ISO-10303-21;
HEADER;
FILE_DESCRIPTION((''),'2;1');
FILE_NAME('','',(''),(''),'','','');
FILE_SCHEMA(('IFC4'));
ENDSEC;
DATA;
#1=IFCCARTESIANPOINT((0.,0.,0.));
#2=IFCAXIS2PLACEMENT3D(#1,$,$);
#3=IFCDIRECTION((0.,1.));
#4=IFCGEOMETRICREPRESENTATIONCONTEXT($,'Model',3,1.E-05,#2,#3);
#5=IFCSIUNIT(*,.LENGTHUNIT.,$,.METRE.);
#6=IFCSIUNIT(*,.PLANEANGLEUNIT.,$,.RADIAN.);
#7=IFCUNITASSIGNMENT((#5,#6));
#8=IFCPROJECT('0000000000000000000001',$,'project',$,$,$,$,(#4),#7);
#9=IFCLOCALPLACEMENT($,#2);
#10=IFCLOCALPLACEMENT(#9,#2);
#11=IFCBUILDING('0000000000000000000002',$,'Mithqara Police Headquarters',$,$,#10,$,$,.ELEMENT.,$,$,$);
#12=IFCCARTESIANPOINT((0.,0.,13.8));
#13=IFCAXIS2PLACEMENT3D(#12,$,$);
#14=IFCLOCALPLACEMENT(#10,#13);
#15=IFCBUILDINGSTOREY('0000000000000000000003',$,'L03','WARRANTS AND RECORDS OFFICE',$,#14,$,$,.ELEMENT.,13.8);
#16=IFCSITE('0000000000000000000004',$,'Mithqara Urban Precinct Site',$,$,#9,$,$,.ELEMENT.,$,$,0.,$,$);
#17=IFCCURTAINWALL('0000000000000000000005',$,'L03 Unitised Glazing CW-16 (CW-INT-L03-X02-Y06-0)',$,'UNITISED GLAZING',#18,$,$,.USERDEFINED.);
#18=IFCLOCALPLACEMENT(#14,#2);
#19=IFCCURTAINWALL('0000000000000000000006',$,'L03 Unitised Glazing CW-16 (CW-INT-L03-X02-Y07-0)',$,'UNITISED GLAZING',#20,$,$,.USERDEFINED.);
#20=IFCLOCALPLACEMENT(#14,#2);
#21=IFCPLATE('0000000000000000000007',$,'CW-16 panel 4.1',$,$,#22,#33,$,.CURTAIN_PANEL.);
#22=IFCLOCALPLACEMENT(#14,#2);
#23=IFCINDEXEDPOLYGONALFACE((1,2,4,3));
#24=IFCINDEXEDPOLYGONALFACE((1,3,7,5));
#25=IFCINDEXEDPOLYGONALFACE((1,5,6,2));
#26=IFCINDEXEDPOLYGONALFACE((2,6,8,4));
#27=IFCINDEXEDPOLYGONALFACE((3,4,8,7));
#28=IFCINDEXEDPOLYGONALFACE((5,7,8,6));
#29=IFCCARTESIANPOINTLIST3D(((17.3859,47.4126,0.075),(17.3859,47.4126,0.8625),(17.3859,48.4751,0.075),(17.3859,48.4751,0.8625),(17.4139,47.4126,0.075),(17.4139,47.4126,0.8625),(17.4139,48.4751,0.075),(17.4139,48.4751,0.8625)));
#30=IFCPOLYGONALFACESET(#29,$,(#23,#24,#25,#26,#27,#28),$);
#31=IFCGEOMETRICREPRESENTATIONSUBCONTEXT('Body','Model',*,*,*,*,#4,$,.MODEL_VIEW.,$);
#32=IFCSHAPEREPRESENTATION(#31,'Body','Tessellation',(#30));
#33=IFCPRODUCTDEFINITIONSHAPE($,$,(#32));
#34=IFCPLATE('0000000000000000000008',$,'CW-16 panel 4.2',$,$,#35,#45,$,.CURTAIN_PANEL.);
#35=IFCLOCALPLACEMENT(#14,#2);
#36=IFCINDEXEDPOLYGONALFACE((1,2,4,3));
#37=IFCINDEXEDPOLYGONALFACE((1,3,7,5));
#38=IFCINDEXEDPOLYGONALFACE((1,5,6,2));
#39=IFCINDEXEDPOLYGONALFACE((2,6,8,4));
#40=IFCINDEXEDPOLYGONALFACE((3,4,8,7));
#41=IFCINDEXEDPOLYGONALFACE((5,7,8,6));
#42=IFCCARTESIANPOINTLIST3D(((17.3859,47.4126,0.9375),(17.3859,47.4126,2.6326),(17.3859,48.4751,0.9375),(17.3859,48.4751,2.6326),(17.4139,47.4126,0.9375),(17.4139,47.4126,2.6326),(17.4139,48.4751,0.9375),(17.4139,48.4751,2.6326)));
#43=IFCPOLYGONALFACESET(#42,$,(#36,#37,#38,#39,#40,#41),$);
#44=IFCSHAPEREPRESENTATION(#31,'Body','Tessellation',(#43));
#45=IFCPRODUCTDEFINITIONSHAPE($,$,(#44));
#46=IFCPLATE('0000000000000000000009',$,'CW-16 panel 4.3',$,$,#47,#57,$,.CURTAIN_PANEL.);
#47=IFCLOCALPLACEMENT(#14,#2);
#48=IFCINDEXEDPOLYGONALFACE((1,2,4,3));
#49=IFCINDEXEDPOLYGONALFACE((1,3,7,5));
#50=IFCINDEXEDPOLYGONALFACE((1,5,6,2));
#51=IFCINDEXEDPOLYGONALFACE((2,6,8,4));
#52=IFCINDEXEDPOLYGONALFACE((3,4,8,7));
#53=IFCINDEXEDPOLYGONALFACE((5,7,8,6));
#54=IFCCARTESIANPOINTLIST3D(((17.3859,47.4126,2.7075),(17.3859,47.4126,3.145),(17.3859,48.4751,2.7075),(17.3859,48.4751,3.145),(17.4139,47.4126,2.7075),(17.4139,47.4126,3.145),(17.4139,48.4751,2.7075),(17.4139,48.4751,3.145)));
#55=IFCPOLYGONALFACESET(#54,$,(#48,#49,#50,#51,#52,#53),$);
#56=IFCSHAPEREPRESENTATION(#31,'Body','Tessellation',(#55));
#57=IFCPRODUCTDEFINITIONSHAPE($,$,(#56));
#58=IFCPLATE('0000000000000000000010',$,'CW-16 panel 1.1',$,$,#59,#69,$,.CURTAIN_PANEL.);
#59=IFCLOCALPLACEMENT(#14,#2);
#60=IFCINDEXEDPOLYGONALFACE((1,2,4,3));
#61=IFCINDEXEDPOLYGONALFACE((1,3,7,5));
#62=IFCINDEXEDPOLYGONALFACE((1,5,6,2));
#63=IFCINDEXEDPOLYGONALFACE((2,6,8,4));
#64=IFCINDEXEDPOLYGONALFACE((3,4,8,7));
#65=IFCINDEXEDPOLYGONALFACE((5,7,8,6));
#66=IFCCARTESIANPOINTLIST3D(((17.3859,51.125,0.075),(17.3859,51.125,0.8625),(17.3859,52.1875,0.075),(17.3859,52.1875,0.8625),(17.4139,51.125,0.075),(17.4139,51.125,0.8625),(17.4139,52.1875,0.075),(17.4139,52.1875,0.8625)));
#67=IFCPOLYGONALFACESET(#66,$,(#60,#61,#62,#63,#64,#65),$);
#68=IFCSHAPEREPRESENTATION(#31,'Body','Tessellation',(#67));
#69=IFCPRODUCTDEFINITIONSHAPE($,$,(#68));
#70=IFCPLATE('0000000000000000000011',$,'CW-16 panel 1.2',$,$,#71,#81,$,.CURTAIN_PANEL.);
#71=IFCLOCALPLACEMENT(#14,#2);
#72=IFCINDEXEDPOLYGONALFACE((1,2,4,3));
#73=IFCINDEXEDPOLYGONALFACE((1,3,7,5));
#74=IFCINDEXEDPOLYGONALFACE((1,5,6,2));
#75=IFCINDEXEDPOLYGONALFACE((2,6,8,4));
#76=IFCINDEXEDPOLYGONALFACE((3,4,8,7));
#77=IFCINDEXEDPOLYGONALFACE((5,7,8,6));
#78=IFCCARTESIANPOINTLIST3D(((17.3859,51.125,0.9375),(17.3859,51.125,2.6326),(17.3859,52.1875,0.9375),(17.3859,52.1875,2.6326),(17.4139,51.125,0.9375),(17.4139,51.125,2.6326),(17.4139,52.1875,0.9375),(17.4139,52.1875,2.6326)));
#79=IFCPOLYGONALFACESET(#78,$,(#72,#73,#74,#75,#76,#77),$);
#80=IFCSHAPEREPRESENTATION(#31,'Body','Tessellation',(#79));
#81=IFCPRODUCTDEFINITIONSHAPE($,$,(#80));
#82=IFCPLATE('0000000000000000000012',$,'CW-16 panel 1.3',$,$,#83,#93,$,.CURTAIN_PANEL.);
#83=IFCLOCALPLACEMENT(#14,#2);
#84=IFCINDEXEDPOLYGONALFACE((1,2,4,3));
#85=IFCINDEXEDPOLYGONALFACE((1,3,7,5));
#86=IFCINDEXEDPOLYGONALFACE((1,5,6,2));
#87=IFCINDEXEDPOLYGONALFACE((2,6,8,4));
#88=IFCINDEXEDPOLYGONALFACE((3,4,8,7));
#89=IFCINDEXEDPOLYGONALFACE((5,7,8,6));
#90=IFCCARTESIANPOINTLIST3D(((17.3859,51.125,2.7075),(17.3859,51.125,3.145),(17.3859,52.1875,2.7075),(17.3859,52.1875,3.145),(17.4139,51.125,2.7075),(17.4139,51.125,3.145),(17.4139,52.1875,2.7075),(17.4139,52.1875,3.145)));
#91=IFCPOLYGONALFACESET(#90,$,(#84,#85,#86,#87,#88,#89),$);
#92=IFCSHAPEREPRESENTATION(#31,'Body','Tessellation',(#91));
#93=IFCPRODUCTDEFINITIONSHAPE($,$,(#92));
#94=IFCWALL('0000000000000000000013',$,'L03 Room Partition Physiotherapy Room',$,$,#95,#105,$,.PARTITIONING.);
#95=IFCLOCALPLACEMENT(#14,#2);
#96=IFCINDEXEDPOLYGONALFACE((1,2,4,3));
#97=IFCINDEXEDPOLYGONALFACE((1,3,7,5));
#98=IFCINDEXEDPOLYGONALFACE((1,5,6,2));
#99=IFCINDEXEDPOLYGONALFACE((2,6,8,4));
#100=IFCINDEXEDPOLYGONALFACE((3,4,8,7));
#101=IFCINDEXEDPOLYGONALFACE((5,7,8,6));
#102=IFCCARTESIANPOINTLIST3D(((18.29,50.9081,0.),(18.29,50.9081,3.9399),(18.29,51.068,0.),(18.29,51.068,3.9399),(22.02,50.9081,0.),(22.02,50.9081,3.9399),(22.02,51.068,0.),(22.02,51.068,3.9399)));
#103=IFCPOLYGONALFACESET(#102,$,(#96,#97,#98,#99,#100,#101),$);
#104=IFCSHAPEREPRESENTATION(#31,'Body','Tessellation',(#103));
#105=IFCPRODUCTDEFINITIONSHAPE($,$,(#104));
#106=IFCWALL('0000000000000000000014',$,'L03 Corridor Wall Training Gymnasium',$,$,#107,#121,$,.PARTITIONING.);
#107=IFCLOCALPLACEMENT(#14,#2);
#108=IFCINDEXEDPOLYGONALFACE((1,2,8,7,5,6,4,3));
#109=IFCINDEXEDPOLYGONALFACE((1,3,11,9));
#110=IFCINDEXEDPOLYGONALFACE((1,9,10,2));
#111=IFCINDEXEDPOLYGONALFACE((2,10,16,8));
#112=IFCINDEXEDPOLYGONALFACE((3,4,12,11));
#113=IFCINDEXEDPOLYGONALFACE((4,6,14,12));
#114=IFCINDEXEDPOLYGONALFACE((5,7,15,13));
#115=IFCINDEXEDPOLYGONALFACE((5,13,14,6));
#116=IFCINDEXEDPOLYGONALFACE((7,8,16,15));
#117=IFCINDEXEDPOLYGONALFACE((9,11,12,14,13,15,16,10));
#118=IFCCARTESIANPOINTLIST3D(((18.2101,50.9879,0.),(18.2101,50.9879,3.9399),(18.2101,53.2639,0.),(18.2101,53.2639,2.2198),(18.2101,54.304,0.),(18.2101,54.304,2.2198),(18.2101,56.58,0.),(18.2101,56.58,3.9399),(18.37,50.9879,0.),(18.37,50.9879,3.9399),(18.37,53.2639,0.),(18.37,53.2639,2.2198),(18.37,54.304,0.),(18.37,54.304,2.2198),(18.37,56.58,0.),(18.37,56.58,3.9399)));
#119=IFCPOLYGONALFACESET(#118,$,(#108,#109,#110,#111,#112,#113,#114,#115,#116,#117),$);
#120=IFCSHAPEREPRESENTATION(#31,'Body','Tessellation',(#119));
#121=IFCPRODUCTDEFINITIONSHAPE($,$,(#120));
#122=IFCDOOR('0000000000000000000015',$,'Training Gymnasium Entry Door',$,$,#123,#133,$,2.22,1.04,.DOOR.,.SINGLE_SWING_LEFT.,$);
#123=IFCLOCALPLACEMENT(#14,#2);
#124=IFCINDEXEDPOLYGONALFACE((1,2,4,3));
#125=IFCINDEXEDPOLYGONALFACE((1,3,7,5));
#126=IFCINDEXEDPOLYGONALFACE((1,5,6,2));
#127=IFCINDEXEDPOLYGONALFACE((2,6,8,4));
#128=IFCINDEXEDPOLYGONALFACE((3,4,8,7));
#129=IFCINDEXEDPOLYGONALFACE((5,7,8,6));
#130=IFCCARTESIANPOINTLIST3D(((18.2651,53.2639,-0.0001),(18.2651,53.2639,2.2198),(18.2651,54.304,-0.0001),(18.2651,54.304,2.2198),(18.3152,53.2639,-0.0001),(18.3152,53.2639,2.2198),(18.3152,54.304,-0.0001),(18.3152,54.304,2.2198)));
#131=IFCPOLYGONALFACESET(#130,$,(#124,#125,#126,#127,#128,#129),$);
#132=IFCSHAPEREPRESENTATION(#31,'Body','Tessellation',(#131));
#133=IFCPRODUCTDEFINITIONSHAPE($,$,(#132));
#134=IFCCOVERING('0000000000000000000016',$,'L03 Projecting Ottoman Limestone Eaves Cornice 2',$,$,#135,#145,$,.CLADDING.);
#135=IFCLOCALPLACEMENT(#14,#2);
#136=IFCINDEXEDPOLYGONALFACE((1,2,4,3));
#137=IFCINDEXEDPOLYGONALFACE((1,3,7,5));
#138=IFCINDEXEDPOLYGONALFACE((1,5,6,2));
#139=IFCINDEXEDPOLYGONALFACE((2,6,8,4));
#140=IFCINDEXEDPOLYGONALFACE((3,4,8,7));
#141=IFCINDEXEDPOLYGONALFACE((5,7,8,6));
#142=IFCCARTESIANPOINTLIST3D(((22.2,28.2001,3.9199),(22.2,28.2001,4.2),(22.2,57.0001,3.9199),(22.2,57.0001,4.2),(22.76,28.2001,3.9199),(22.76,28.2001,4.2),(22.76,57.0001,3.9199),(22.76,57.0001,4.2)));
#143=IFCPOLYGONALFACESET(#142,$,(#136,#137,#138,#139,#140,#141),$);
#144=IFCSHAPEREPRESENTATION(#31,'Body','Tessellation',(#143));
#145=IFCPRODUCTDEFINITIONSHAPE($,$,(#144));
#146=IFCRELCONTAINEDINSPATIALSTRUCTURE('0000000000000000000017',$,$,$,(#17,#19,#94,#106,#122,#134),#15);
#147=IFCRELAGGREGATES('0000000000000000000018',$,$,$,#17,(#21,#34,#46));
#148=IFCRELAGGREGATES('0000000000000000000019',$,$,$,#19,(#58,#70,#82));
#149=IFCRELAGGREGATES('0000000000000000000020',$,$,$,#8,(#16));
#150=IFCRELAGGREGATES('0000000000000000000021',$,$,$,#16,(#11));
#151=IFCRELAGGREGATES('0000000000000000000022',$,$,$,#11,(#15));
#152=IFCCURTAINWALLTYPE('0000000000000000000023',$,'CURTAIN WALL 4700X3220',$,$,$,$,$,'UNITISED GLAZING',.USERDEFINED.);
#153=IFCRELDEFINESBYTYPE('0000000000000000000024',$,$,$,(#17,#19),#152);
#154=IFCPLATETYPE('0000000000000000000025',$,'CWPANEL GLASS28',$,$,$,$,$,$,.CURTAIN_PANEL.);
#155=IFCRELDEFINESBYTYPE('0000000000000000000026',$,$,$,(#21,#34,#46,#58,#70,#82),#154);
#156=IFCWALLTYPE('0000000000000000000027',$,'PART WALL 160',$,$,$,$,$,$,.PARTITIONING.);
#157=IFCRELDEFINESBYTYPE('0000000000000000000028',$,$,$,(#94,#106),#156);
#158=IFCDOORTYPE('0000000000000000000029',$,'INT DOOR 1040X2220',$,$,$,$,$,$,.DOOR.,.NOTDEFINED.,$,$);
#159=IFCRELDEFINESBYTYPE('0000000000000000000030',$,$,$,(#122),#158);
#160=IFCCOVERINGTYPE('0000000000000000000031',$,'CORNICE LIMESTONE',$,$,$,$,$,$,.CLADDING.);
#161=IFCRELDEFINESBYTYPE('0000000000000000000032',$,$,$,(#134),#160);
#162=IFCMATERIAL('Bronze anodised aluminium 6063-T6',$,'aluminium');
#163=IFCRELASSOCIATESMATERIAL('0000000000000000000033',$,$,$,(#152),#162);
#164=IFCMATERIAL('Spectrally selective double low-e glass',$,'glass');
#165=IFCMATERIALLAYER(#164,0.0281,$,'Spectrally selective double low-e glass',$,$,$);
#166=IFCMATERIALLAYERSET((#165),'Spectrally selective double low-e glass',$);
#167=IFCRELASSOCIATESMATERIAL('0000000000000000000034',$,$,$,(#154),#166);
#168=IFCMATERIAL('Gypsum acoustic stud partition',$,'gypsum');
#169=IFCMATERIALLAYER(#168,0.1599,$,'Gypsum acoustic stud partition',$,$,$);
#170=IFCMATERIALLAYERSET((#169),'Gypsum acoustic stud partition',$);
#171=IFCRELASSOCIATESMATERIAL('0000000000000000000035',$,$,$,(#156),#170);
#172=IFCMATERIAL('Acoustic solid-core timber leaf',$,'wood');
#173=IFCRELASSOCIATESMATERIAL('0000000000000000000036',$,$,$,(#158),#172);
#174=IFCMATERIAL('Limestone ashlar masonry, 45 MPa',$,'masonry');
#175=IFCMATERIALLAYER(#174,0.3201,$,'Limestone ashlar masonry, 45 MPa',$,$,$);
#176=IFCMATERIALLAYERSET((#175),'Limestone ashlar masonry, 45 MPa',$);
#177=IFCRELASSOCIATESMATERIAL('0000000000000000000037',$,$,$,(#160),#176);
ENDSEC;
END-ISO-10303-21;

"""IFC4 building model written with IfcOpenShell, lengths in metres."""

from ifc_helpers import new_model, si_unit, direction, frame, frame_2d, origin, origin_2d, place, context, subcontext, project, spatial, rectangle, extrude, material, layer, layer_set, type_object, element, fill, aggregate, save


model = new_model("IFC4")

# Units and contexts
model_context = context("Model", 3, precision=1e-05, world=origin(), true_north=direction((0.0, 1.0)))
body_context = subcontext(model_context, "Body", "Model", "MODEL_VIEW")
ifc_project = project(units=[si_unit("LENGTHUNIT", "METRE"), si_unit("PLANEANGLEUNIT", "RADIAN")], contexts=[model_context])

# Site, building, storey
site_placement = place(None, origin())
site = spatial("IfcSite", under=ifc_project, at=site_placement, Name="Mithqara Urban Precinct Site", CompositionType="ELEMENT", RefElevation=0.0)
building_placement = place(site_placement, origin())
building = spatial("IfcBuilding", under=site, at=building_placement, Name="Mithqara Police Headquarters", CompositionType="ELEMENT")
storey_placement = place(building_placement, frame((0.0, 0.0, 13.8)))
storey = spatial("IfcBuildingStorey", under=building, at=storey_placement, Name="L03", Description="WARRANTS AND RECORDS OFFICE", CompositionType="ELEMENT", Elevation=13.8)

# Curtain wall
ifc_material_1 = material(Name="Bronze anodised aluminium 6063-T6", Category="aluminium")
curtain_wall_type = type_object("IfcCurtainWallType", Name="CURTAIN WALL 4700X3220", ElementType="UNITISED GLAZING", PredefinedType="USERDEFINED", material=ifc_material_1)
curtain_wall_1_placement = place(storey_placement, origin())
curtain_wall_1 = element("IfcCurtainWall", 1, at=curtain_wall_1_placement, inside=storey, type_object=curtain_wall_type, Name="L03 Unitised Glazing CW-16 (CW-INT-L03-X02-Y06-0)", ObjectType="UNITISED GLAZING", PredefinedType="USERDEFINED")

# Curtain wall
curtain_wall_2_placement = place(storey_placement, origin())
curtain_wall_2 = element("IfcCurtainWall", 2, at=curtain_wall_2_placement, inside=storey, type_object=curtain_wall_type, Name="L03 Unitised Glazing CW-16 (CW-INT-L03-X02-Y07-0)", ObjectType="UNITISED GLAZING", PredefinedType="USERDEFINED")

# Plates
ifc_material_2 = material(Name="Spectrally selective double low-e glass", Category="glass")
ifc_layer_1 = layer(ifc_material_2, 0.0281, Name="Spectrally selective double low-e glass")
ifc_layer_set_1 = layer_set([ifc_layer_1], Name="Spectrally selective double low-e glass")
plate_type = type_object("IfcPlateType", Name="CWPANEL GLASS28", PredefinedType="CURTAIN_PANEL", material=ifc_layer_set_1)
plate_1_placement = place(storey_placement, frame((17.3999, 47.9438, 0.075), z_axis=(0.0, 0.0, 1.0), x_axis=(0.0, 1.0, 0.0)))
plate_1 = element("IfcPlate", 3, at=plate_1_placement, type_object=plate_type, Name="CW-16 panel 4.1", PredefinedType="CURTAIN_PANEL", context=body_context, shape_type="SweptSolid", body=[
    extrude(rectangle(XDim=1.0625, YDim=0.0281, at=origin_2d()), origin(), (0.0, 0.0, 1.0), 0.7876),
])
plate_2_placement = place(storey_placement, frame((17.3999, 47.9438, 0.9375), z_axis=(0.0, 0.0, 1.0), x_axis=(0.0, 1.0, 0.0)))
plate_2 = element("IfcPlate", 4, at=plate_2_placement, type_object=plate_type, Name="CW-16 panel 4.2", PredefinedType="CURTAIN_PANEL", context=body_context, shape_type="SweptSolid", body=[
    extrude(rectangle(XDim=1.0625, YDim=0.0281, at=origin_2d()), origin(), (0.0, 0.0, 1.0), 1.6951),
])
plate_3_placement = place(storey_placement, frame((17.3999, 47.9438, 2.7075), z_axis=(0.0, 0.0, 1.0), x_axis=(0.0, 1.0, 0.0)))
plate_3 = element("IfcPlate", 5, at=plate_3_placement, type_object=plate_type, Name="CW-16 panel 4.3", PredefinedType="CURTAIN_PANEL", context=body_context, shape_type="SweptSolid", body=[
    extrude(rectangle(XDim=1.0625, YDim=0.0281, at=origin_2d()), origin(), (0.0, 0.0, 1.0), 0.4375),
])
aggregate(curtain_wall_1, [plate_1, plate_2, plate_3])
plate_4_placement = place(storey_placement, frame((17.3999, 51.6562, 0.075), z_axis=(0.0, 0.0, 1.0), x_axis=(0.0, 1.0, 0.0)))
plate_4 = element("IfcPlate", 6, at=plate_4_placement, type_object=plate_type, Name="CW-16 panel 1.1", PredefinedType="CURTAIN_PANEL", context=body_context, shape_type="SweptSolid", body=[
    extrude(rectangle(XDim=1.0625, YDim=0.0281, at=origin_2d()), origin(), (0.0, 0.0, 1.0), 0.7876),
])
plate_5_placement = place(storey_placement, frame((17.3999, 51.6562, 0.9375), z_axis=(0.0, 0.0, 1.0), x_axis=(0.0, 1.0, 0.0)))
plate_5 = element("IfcPlate", 7, at=plate_5_placement, type_object=plate_type, Name="CW-16 panel 1.2", PredefinedType="CURTAIN_PANEL", context=body_context, shape_type="SweptSolid", body=[
    extrude(rectangle(XDim=1.0625, YDim=0.0281, at=origin_2d()), origin(), (0.0, 0.0, 1.0), 1.6951),
])
plate_6_placement = place(storey_placement, frame((17.3999, 51.6562, 2.7075), z_axis=(0.0, 0.0, 1.0), x_axis=(0.0, 1.0, 0.0)))
plate_6 = element("IfcPlate", 8, at=plate_6_placement, type_object=plate_type, Name="CW-16 panel 1.3", PredefinedType="CURTAIN_PANEL", context=body_context, shape_type="SweptSolid", body=[
    extrude(rectangle(XDim=1.0625, YDim=0.0281, at=origin_2d()), origin(), (0.0, 0.0, 1.0), 0.4375),
])
aggregate(curtain_wall_2, [plate_4, plate_5, plate_6])

# Wall
ifc_material_3 = material(Name="Gypsum acoustic stud partition", Category="gypsum")
ifc_layer_2 = layer(ifc_material_3, 0.1599, Name="Gypsum acoustic stud partition")
ifc_layer_set_2 = layer_set([ifc_layer_2], Name="Gypsum acoustic stud partition")
wall_type = type_object("IfcWallType", Name="PART WALL 160", PredefinedType="PARTITIONING", material=ifc_layer_set_2)
wall_1_placement = place(storey_placement, frame((18.29, 50.988, 0.0), z_axis=(0.0, 0.0, 1.0), x_axis=(1.0, 0.0, 0.0)))
element("IfcWall", 9, at=wall_1_placement, inside=storey, type_object=wall_type, Name="L03 Room Partition Physiotherapy Room", PredefinedType="PARTITIONING", context=body_context, shape_type="SweptSolid", body=[
    extrude(rectangle(XDim=3.73, YDim=0.1599, at=frame_2d((1.865, 0.0))), origin(), (0.0, 0.0, 1.0), 3.9399),
])

# Wall, opening, door
wall_2_placement = place(storey_placement, frame((18.29, 50.988, 0.0), z_axis=(0.0, 0.0, 1.0), x_axis=(0.0, 1.0, 0.0)))
wall_2 = element("IfcWall", 10, at=wall_2_placement, inside=storey, type_object=wall_type, Name="L03 Corridor Wall Training Gymnasium", PredefinedType="PARTITIONING", context=body_context, shape_type="SweptSolid", body=[
    extrude(rectangle(XDim=5.592, YDim=0.1599, at=frame_2d((2.7959, 0.0))), origin(), (0.0, 0.0, 1.0), 3.9399),
])
opening_placement = place(wall_2_placement, frame((2.2759, 0.0, 0.0)))
opening = element("IfcOpeningElement", 11, at=opening_placement, cuts=wall_2, PredefinedType="OPENING", context=body_context, shape_type="SweptSolid", body=[
    extrude(rectangle(XDim=1.04, YDim=2.22, at=frame_2d((0.52, 1.1099))), frame((0.0, 0.0898, 0.0), z_axis=(0.0, -1.0, 0.0), x_axis=(1.0, 0.0, 0.0)), (0.0, 0.0, 1.0), 0.1799),
])
ifc_material_4 = material(Name="Acoustic solid-core timber leaf", Category="wood")
door_type = type_object("IfcDoorType", Name="INT DOOR 1040X2220", OperationType="NOTDEFINED", PredefinedType="DOOR", material=ifc_material_4)
door_placement = place(opening_placement, origin())
door = element("IfcDoor", 12, at=door_placement, inside=storey, type_object=door_type, Name="Training Gymnasium Entry Door", OperationType="SINGLE_SWING_LEFT", OverallHeight=2.22, OverallWidth=1.04, PredefinedType="DOOR", context=body_context, shape_type="SweptSolid", body=[
    extrude(rectangle(XDim=1.04, YDim=2.22, at=frame_2d((0.52, 1.1099))), frame((0.0, 0.0249, 0.0), z_axis=(0.0, -1.0, 0.0), x_axis=(1.0, 0.0, 0.0)), (0.0, 0.0, 1.0), 0.05),
])
fill(opening, door)

# Covering
ifc_material_5 = material(Name="Limestone ashlar masonry, 45 MPa", Category="masonry")
ifc_layer_3 = layer(ifc_material_5, 0.3201, Name="Limestone ashlar masonry, 45 MPa")
ifc_layer_set_3 = layer_set([ifc_layer_3], Name="Limestone ashlar masonry, 45 MPa")
covering_type = type_object("IfcCoveringType", Name="CORNICE LIMESTONE", PredefinedType="CLADDING", material=ifc_layer_set_3)
covering_placement = place(storey_placement, frame((22.48, 42.6001, 3.9199), z_axis=(0.0, 0.0, 1.0), x_axis=(0.0, 1.0, 0.0)))
element("IfcCovering", 13, at=covering_placement, inside=storey, type_object=covering_type, Name="L03 Projecting Ottoman Limestone Eaves Cornice 2", PredefinedType="CLADDING", context=body_context, shape_type="SweptSolid", body=[
    extrude(rectangle(XDim=28.8, YDim=0.5601, at=origin_2d()), origin(), (0.0, 0.0, 1.0), 0.28),
])

save(model, "model.ifc")
